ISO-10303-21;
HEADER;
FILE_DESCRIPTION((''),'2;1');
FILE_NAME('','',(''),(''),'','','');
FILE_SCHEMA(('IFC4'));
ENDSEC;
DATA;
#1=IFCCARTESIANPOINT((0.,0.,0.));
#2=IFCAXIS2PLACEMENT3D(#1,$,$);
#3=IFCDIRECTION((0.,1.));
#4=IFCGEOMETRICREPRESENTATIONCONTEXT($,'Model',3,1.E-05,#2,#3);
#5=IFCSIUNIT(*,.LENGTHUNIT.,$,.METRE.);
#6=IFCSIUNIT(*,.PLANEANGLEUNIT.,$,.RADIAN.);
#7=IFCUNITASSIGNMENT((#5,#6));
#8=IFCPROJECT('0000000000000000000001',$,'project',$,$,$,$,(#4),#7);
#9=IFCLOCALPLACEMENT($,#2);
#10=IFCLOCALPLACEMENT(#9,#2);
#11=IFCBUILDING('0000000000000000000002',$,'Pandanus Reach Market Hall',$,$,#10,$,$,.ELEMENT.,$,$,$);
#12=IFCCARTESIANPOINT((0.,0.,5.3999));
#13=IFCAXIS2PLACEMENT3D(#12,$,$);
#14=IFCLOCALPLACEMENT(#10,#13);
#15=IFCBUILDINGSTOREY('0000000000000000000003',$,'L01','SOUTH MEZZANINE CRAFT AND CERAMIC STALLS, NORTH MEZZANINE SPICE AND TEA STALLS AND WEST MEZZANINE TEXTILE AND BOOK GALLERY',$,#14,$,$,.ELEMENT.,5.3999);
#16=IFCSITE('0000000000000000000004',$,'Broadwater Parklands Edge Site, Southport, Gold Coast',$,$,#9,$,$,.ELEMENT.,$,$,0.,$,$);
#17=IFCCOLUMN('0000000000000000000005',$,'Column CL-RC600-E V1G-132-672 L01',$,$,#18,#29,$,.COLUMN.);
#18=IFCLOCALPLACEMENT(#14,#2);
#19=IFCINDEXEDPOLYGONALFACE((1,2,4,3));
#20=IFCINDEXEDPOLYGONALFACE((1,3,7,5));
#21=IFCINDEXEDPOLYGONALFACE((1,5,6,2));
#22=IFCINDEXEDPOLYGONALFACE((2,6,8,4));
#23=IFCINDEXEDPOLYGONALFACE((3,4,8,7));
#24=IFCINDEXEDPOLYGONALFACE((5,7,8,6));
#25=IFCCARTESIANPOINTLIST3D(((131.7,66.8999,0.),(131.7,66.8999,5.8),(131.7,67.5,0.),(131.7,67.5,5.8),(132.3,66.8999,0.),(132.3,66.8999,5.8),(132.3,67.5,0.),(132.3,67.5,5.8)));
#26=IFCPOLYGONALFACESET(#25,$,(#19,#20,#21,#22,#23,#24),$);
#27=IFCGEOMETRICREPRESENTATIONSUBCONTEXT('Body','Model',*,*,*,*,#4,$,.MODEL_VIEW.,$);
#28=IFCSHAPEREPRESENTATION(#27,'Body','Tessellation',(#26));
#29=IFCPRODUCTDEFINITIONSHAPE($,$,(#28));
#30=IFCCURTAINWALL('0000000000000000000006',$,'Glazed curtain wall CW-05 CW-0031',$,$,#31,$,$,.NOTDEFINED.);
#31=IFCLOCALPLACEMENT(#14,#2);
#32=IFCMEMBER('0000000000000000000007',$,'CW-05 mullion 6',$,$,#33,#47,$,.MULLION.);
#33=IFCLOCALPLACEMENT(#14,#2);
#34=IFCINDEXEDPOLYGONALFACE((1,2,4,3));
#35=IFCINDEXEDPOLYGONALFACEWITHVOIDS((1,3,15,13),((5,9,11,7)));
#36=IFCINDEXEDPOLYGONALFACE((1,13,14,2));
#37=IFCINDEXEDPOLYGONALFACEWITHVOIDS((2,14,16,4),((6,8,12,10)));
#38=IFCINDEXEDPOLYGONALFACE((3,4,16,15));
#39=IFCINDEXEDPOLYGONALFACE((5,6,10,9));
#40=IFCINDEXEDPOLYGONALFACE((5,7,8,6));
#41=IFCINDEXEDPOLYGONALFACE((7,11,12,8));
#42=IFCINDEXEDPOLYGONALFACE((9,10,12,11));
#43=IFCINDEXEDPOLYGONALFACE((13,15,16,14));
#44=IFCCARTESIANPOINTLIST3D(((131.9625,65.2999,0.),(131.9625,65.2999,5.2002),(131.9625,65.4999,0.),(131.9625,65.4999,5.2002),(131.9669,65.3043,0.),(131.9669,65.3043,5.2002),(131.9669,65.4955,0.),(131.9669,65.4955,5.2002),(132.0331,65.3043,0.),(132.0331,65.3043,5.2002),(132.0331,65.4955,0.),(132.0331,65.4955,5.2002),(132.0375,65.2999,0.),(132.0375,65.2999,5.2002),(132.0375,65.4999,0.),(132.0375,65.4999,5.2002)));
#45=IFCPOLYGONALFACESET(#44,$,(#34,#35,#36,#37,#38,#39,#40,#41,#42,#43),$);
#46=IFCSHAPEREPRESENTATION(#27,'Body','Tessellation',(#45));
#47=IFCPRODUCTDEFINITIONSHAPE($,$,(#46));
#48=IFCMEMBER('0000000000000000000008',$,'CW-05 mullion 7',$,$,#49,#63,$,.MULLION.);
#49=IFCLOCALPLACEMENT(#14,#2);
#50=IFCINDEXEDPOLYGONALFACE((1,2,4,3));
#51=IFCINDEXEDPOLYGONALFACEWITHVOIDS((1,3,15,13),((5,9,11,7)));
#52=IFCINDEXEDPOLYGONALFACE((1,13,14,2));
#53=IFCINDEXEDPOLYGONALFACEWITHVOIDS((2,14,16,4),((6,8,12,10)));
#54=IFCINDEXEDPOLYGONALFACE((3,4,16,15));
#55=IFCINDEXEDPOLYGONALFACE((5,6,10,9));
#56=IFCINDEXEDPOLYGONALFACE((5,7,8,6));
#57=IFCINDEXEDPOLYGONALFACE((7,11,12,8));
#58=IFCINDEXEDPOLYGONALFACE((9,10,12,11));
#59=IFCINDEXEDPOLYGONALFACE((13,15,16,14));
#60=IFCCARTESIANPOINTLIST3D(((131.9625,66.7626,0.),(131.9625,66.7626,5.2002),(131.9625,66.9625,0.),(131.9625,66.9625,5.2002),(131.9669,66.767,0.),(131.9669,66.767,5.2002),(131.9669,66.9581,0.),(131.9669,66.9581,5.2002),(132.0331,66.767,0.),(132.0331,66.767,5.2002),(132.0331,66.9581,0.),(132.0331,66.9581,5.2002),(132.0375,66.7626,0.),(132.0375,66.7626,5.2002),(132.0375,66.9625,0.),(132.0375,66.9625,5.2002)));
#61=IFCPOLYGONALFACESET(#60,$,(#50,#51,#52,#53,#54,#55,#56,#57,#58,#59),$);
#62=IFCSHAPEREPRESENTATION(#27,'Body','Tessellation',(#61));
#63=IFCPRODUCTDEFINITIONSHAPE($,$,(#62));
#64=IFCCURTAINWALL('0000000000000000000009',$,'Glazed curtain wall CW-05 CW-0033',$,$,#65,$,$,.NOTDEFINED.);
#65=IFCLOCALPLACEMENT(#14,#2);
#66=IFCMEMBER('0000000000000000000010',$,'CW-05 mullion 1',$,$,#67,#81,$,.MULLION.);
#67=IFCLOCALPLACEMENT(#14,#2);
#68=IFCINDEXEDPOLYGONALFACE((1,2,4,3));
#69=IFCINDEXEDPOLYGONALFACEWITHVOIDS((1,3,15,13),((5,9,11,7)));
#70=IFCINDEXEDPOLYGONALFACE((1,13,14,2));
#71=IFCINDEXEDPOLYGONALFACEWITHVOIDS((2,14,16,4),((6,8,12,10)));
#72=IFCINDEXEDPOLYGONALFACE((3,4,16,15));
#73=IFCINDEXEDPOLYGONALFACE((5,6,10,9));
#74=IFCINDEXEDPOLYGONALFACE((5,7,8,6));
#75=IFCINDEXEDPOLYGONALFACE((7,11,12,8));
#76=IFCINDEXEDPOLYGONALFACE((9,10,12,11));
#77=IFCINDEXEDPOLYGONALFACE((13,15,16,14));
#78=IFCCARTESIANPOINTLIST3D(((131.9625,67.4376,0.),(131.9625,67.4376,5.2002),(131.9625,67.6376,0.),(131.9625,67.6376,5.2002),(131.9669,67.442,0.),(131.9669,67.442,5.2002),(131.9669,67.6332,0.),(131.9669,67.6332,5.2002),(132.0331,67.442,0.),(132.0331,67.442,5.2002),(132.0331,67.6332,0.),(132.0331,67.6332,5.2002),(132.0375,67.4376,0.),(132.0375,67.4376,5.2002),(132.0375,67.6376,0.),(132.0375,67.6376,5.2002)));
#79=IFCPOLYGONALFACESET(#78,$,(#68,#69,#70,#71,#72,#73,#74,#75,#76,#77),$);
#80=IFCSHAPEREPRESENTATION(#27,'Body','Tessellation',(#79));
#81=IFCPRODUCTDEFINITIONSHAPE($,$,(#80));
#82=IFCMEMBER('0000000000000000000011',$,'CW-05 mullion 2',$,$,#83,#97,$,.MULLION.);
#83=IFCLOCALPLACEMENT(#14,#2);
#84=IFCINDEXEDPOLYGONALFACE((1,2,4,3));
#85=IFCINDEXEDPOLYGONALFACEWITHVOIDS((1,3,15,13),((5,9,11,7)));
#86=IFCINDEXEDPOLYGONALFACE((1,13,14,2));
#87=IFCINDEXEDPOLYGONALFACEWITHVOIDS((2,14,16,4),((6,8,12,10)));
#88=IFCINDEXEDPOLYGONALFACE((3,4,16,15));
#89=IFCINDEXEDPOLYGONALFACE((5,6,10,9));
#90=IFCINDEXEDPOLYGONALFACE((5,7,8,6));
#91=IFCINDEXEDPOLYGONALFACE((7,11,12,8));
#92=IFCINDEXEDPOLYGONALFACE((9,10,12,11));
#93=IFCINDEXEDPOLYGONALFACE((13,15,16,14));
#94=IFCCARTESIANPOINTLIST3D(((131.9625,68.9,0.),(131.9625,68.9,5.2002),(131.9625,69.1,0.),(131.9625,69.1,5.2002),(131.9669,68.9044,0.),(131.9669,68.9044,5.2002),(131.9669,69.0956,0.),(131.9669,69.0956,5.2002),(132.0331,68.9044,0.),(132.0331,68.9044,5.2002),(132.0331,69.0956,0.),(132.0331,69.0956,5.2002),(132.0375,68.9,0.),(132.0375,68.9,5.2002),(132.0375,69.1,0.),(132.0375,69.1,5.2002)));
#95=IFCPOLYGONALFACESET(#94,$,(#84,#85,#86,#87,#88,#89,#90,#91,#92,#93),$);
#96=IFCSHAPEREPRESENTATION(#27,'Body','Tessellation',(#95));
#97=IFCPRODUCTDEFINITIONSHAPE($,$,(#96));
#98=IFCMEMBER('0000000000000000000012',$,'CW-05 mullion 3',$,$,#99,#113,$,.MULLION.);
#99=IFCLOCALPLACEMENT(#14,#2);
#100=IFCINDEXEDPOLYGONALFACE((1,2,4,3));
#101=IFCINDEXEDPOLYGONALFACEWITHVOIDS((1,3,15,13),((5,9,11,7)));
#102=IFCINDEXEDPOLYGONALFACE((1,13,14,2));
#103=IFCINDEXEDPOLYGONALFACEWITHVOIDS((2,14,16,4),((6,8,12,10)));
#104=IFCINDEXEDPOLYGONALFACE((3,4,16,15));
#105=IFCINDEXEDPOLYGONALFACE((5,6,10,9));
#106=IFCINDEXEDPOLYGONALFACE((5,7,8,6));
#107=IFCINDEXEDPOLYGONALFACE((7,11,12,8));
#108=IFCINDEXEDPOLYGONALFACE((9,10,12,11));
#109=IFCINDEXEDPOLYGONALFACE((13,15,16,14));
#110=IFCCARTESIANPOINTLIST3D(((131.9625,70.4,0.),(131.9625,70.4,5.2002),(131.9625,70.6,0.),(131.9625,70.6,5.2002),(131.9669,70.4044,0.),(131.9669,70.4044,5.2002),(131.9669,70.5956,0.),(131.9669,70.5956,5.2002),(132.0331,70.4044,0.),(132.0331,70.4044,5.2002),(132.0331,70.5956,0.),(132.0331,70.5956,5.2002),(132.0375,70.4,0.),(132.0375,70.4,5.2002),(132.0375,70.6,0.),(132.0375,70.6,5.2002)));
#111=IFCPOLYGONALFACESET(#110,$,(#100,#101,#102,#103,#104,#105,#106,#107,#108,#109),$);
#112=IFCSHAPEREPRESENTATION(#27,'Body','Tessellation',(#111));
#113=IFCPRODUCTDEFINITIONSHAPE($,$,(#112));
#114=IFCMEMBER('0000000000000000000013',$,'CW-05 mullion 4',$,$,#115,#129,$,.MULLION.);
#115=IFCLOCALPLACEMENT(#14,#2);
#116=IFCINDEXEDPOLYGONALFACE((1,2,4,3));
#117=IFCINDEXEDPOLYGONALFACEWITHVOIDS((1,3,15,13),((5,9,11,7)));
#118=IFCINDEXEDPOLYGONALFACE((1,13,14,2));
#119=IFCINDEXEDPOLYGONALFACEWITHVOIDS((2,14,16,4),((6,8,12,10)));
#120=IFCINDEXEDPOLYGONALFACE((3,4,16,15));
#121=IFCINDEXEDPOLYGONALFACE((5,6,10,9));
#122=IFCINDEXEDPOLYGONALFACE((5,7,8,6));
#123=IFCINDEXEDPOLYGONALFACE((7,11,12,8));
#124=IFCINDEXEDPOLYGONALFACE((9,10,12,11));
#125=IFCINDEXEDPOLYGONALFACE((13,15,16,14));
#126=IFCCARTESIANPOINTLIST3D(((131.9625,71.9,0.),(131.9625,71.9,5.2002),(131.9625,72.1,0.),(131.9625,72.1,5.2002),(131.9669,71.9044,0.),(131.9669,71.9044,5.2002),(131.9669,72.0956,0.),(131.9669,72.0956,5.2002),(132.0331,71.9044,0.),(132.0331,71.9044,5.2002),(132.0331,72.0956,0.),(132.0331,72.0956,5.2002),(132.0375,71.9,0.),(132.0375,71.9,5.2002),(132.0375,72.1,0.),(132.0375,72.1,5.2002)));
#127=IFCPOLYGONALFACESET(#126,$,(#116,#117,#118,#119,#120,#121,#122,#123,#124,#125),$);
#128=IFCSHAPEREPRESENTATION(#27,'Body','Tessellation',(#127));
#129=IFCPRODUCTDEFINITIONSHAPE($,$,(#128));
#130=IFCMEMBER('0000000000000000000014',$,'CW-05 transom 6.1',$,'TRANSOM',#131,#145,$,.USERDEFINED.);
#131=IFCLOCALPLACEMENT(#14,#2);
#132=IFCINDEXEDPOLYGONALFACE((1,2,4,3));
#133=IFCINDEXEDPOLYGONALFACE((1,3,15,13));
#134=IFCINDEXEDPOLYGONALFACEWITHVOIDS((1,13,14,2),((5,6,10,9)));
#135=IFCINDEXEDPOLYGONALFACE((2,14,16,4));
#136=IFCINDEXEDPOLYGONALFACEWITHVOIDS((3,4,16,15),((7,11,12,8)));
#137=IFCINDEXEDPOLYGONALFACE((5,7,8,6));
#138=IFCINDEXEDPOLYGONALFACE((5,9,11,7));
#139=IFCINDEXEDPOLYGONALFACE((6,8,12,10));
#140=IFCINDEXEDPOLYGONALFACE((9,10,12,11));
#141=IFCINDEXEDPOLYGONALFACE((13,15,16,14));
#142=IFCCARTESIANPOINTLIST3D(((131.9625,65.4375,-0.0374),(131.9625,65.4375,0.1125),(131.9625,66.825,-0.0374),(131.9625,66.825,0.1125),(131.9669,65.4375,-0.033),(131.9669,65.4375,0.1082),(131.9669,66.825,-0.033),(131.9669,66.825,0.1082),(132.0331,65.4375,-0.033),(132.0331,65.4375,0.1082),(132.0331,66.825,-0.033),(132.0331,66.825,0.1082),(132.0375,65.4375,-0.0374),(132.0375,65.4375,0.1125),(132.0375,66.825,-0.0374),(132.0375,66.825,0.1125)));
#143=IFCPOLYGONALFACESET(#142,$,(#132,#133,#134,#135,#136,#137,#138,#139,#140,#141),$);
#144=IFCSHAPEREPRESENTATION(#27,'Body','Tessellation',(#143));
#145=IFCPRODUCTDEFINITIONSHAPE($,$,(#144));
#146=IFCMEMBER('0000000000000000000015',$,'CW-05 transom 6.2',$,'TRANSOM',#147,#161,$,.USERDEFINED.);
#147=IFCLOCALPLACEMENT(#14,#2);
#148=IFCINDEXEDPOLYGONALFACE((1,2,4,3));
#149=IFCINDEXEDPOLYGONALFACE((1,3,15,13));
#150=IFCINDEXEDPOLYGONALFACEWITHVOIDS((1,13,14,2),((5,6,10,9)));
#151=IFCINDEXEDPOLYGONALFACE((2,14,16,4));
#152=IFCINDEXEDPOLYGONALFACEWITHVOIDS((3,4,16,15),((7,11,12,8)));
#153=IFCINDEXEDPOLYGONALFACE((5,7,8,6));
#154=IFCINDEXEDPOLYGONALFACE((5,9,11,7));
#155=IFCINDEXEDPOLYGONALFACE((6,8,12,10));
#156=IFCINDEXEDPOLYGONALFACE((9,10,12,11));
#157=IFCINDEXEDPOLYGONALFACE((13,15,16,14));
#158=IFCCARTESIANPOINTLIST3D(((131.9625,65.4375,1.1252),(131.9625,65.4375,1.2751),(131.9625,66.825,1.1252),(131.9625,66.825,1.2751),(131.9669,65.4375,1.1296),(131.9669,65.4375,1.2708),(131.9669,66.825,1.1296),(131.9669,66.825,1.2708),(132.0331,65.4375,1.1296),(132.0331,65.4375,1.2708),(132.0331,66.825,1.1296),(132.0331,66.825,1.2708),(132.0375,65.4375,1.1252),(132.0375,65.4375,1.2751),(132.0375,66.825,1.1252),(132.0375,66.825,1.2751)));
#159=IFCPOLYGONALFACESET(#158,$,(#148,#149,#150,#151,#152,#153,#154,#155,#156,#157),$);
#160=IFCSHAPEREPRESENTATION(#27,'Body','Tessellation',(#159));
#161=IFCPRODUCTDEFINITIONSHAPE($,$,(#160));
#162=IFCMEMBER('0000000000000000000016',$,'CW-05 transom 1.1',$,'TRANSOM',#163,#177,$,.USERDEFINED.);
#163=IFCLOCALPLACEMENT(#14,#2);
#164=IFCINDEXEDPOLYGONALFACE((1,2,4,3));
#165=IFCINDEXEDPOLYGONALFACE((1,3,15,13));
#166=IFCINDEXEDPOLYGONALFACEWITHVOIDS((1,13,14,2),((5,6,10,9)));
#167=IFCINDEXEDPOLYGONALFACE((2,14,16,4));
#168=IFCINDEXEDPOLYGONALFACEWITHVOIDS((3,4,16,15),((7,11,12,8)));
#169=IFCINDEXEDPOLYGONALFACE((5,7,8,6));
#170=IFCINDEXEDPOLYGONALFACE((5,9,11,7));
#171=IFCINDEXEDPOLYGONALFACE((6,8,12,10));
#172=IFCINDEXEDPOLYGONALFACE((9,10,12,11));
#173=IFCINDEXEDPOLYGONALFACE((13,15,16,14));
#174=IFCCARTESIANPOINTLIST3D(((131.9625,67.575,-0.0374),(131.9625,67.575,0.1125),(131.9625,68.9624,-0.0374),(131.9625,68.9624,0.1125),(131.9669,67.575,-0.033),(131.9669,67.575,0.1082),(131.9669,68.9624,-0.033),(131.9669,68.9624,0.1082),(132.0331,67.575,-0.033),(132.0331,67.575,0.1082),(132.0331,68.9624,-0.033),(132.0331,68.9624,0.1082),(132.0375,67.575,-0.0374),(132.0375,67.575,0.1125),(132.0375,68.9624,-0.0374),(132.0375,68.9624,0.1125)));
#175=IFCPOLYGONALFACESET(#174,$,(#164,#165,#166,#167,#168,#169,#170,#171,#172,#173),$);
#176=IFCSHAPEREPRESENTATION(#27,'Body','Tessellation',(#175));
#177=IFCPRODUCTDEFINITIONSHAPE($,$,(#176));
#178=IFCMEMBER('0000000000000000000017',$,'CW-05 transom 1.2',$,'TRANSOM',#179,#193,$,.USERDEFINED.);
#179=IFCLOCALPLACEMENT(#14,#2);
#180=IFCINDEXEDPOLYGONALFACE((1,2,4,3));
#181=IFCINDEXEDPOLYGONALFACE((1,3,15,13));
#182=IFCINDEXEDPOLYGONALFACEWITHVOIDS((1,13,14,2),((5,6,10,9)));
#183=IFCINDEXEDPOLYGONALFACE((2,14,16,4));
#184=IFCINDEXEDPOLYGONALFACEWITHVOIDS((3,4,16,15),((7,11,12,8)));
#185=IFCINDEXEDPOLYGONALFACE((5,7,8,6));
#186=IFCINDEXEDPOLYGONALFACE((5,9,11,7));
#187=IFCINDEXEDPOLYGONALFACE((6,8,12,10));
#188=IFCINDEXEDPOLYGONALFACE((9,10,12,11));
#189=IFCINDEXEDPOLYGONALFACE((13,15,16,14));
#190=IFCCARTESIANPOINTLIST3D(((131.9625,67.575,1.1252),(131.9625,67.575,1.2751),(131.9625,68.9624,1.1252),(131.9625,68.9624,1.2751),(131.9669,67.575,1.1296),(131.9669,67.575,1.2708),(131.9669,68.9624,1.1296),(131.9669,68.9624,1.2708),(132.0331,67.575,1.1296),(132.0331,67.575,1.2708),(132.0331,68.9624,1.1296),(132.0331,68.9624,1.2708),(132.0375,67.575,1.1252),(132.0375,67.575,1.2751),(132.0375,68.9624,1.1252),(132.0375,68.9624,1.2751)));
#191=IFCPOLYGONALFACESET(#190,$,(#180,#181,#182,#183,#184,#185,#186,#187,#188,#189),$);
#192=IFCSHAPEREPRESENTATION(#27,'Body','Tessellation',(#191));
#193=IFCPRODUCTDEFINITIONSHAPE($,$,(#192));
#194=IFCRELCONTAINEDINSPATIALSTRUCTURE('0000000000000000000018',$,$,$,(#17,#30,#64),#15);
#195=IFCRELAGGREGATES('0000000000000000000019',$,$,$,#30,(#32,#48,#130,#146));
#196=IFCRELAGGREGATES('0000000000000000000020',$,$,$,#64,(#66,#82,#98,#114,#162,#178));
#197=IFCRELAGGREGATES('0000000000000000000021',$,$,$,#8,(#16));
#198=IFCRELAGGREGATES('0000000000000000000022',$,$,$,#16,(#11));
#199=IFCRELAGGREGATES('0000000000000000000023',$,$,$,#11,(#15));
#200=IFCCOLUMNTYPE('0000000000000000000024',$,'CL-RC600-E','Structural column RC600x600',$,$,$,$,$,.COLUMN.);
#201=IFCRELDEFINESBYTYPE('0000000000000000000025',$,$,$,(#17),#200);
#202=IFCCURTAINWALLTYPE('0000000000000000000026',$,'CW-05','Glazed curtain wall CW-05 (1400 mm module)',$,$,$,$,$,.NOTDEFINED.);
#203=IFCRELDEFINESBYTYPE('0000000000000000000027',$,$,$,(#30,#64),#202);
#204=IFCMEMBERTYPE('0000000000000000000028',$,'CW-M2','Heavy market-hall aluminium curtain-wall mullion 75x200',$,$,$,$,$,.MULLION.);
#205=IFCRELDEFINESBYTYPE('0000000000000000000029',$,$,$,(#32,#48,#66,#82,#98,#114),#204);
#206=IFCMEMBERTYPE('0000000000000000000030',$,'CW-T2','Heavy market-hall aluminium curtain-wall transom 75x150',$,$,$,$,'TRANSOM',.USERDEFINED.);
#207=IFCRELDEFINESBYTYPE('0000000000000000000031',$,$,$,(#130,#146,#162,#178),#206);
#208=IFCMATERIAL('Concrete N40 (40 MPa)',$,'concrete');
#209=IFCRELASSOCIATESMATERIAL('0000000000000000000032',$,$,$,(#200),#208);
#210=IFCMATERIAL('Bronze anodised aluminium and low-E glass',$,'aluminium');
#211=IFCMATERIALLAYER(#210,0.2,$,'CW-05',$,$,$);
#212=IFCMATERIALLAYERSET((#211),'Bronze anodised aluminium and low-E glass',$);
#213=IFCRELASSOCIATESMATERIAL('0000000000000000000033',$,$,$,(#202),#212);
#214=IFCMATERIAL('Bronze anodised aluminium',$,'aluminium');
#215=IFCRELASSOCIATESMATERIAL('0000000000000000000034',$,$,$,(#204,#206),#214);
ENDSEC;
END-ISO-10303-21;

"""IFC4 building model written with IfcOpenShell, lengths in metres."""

from ifc_helpers import new_model, si_unit, direction, frame, origin, origin_2d, place, context, subcontext, project, spatial, rectangle, hollow_rectangle, extrude, material, layer, layer_set, material_profile, profile_set, type_object, element, aggregate, save


model = new_model("IFC4")

# Units and contexts
model_context = context("Model", 3, precision=1e-05, world=origin(), true_north=direction((0.0, 1.0)))
body_context = subcontext(model_context, "Body", "Model", "MODEL_VIEW")
ifc_project = project(units=[si_unit("LENGTHUNIT", "METRE"), si_unit("PLANEANGLEUNIT", "RADIAN")], contexts=[model_context])

# Site, building, storey
site_placement = place(None, origin())
site = spatial("IfcSite", under=ifc_project, at=site_placement, Name="Broadwater Parklands Edge Site, Southport, Gold Coast", CompositionType="ELEMENT", RefElevation=0.0)
building_placement = place(site_placement, origin())
building = spatial("IfcBuilding", under=site, at=building_placement, Name="Pandanus Reach Market Hall", CompositionType="ELEMENT")
storey_placement = place(building_placement, frame((0.0, 0.0, 5.3999)))
storey = spatial("IfcBuildingStorey", under=building, at=storey_placement, Name="L01", Description="SOUTH MEZZANINE CRAFT AND CERAMIC STALLS, NORTH MEZZANINE SPICE AND TEA STALLS AND WEST MEZZANINE TEXTILE AND BOOK GALLERY", CompositionType="ELEMENT", Elevation=5.3999)

# Column
ifc_material_1 = material(Name="Concrete N40 (40 MPa)", Category="concrete")
ifc_material_profile_1 = material_profile(ifc_material_1, rectangle(XDim=0.6001, YDim=0.6001, at=origin_2d()), Name="RC600x600", Category="LoadBearing")
ifc_profile_set_1 = profile_set([ifc_material_profile_1], Name="Concrete N40 (40 MPa)")
column_type = type_object("IfcColumnType", Name="CL-RC600-E", Description="Structural column RC600x600", PredefinedType="COLUMN", material=ifc_profile_set_1)
column_placement = place(storey_placement, frame((132.0, 67.2, 0.0), z_axis=(0.0, 0.0, 1.0), x_axis=(1.0, 0.0, 0.0)))
element("IfcColumn", 1, at=column_placement, inside=storey, type_object=column_type, Name="Column CL-RC600-E V1G-132-672 L01", PredefinedType="COLUMN", context=body_context, shape_type="SweptSolid", body=[
    extrude(rectangle(XDim=0.6001, YDim=0.6001, at=origin_2d()), origin(), (0.0, 0.0, 1.0), 5.8),
])

# Curtain walls, members
ifc_material_2 = material(Name="Bronze anodised aluminium and low-E glass", Category="aluminium")
ifc_layer_1 = layer(ifc_material_2, 0.2, Name="CW-05")
ifc_layer_set_1 = layer_set([ifc_layer_1], Name="Bronze anodised aluminium and low-E glass")
curtain_wall_type = type_object("IfcCurtainWallType", Name="CW-05", Description="Glazed curtain wall CW-05 (1400 mm module)", PredefinedType="NOTDEFINED", material=ifc_layer_set_1)
curtain_wall_1_placement = place(storey_placement, origin())
curtain_wall_1 = element("IfcCurtainWall", 2, at=curtain_wall_1_placement, inside=storey, type_object=curtain_wall_type, Name="Glazed curtain wall CW-05 CW-0031", PredefinedType="NOTDEFINED")
ifc_material_3 = material(Name="Bronze anodised aluminium", Category="aluminium")
ifc_material_profile_2 = material_profile(ifc_material_3, hollow_rectangle(XDim=0.075, YDim=0.2, WallThickness=0.0044, at=origin_2d()), Name="ALU75x200", Category="LoadBearing")
ifc_profile_set_2 = profile_set([ifc_material_profile_2], Name="Bronze anodised aluminium")
member_type_1 = type_object("IfcMemberType", Name="CW-M2", Description="Heavy market-hall aluminium curtain-wall mullion 75x200", PredefinedType="MULLION", material=ifc_profile_set_2)
member_1_placement = place(storey_placement, frame((132.0, 65.3999, 0.0), z_axis=(0.0, 0.0, 1.0), x_axis=(-1.0, 0.0, 0.0)))
member_1 = element("IfcMember", 3, at=member_1_placement, type_object=member_type_1, Name="CW-05 mullion 6", PredefinedType="MULLION", context=body_context, shape_type="SweptSolid", body=[
    extrude(hollow_rectangle(XDim=0.075, YDim=0.2, WallThickness=0.0044, at=origin_2d()), origin(), (0.0, 0.0, 1.0), 5.2002),
])
member_2_placement = place(storey_placement, frame((132.0, 66.8625, 0.0), z_axis=(0.0, 0.0, 1.0), x_axis=(-1.0, 0.0, 0.0)))
member_2 = element("IfcMember", 4, at=member_2_placement, type_object=member_type_1, Name="CW-05 mullion 7", PredefinedType="MULLION", context=body_context, shape_type="SweptSolid", body=[
    extrude(hollow_rectangle(XDim=0.075, YDim=0.2, WallThickness=0.0044, at=origin_2d()), origin(), (0.0, 0.0, 1.0), 5.2002),
])
curtain_wall_2_placement = place(storey_placement, origin())
curtain_wall_2 = element("IfcCurtainWall", 5, at=curtain_wall_2_placement, inside=storey, type_object=curtain_wall_type, Name="Glazed curtain wall CW-05 CW-0033", PredefinedType="NOTDEFINED")
member_3_placement = place(storey_placement, frame((132.0, 67.5376, 0.0), z_axis=(0.0, 0.0, 1.0), x_axis=(-1.0, 0.0, 0.0)))
member_3 = element("IfcMember", 6, at=member_3_placement, type_object=member_type_1, Name="CW-05 mullion 1", PredefinedType="MULLION", context=body_context, shape_type="SweptSolid", body=[
    extrude(hollow_rectangle(XDim=0.075, YDim=0.2, WallThickness=0.0044, at=origin_2d()), origin(), (0.0, 0.0, 1.0), 5.2002),
])
member_4_placement = place(storey_placement, frame((132.0, 69.0, 0.0), z_axis=(0.0, 0.0, 1.0), x_axis=(-1.0, 0.0, 0.0)))
member_4 = element("IfcMember", 7, at=member_4_placement, type_object=member_type_1, Name="CW-05 mullion 2", PredefinedType="MULLION", context=body_context, shape_type="SweptSolid", body=[
    extrude(hollow_rectangle(XDim=0.075, YDim=0.2, WallThickness=0.0044, at=origin_2d()), origin(), (0.0, 0.0, 1.0), 5.2002),
])
member_5_placement = place(storey_placement, frame((132.0, 70.5, 0.0), z_axis=(0.0, 0.0, 1.0), x_axis=(-1.0, 0.0, 0.0)))
member_5 = element("IfcMember", 8, at=member_5_placement, type_object=member_type_1, Name="CW-05 mullion 3", PredefinedType="MULLION", context=body_context, shape_type="SweptSolid", body=[
    extrude(hollow_rectangle(XDim=0.075, YDim=0.2, WallThickness=0.0044, at=origin_2d()), origin(), (0.0, 0.0, 1.0), 5.2002),
])
member_6_placement = place(storey_placement, frame((132.0, 72.0, 0.0), z_axis=(0.0, 0.0, 1.0), x_axis=(-1.0, 0.0, 0.0)))
member_6 = element("IfcMember", 9, at=member_6_placement, type_object=member_type_1, Name="CW-05 mullion 4", PredefinedType="MULLION", context=body_context, shape_type="SweptSolid", body=[
    extrude(hollow_rectangle(XDim=0.075, YDim=0.2, WallThickness=0.0044, at=origin_2d()), origin(), (0.0, 0.0, 1.0), 5.2002),
])

# Members
ifc_material_profile_3 = material_profile(ifc_material_3, hollow_rectangle(XDim=0.075, YDim=0.1499, WallThickness=0.0044, at=origin_2d()), Name="ALU75x150", Category="LoadBearing")
ifc_profile_set_3 = profile_set([ifc_material_profile_3], Name="Bronze anodised aluminium")
member_type_2 = type_object("IfcMemberType", Name="CW-T2", Description="Heavy market-hall aluminium curtain-wall transom 75x150", ElementType="TRANSOM", PredefinedType="USERDEFINED", material=ifc_profile_set_3)
member_7_placement = place(storey_placement, frame((132.0, 65.4375, 0.0376), z_axis=(0.0, 1.0, 0.0), x_axis=(-1.0, 0.0, 0.0)))
member_7 = element("IfcMember", 10, at=member_7_placement, type_object=member_type_2, Name="CW-05 transom 6.1", ObjectType="TRANSOM", PredefinedType="USERDEFINED", context=body_context, shape_type="SweptSolid", body=[
    extrude(hollow_rectangle(XDim=0.075, YDim=0.1499, WallThickness=0.0044, at=origin_2d()), origin(), (0.0, 0.0, 1.0), 1.3875),
])
member_8_placement = place(storey_placement, frame((132.0, 65.4375, 1.2002), z_axis=(0.0, 1.0, 0.0), x_axis=(-1.0, 0.0, 0.0)))
member_8 = element("IfcMember", 11, at=member_8_placement, type_object=member_type_2, Name="CW-05 transom 6.2", ObjectType="TRANSOM", PredefinedType="USERDEFINED", context=body_context, shape_type="SweptSolid", body=[
    extrude(hollow_rectangle(XDim=0.075, YDim=0.1499, WallThickness=0.0044, at=origin_2d()), origin(), (0.0, 0.0, 1.0), 1.3875),
])
member_9_placement = place(storey_placement, frame((132.0, 67.575, 0.0376), z_axis=(0.0, 1.0, 0.0), x_axis=(-1.0, 0.0, 0.0)))
member_9 = element("IfcMember", 12, at=member_9_placement, type_object=member_type_2, Name="CW-05 transom 1.1", ObjectType="TRANSOM", PredefinedType="USERDEFINED", context=body_context, shape_type="SweptSolid", body=[
    extrude(hollow_rectangle(XDim=0.075, YDim=0.1499, WallThickness=0.0044, at=origin_2d()), origin(), (0.0, 0.0, 1.0), 1.3875),
])
member_10_placement = place(storey_placement, frame((132.0, 67.575, 1.2002), z_axis=(0.0, 1.0, 0.0), x_axis=(-1.0, 0.0, 0.0)))
member_10 = element("IfcMember", 13, at=member_10_placement, type_object=member_type_2, Name="CW-05 transom 1.2", ObjectType="TRANSOM", PredefinedType="USERDEFINED", context=body_context, shape_type="SweptSolid", body=[
    extrude(hollow_rectangle(XDim=0.075, YDim=0.1499, WallThickness=0.0044, at=origin_2d()), origin(), (0.0, 0.0, 1.0), 1.3875),
])

aggregate(curtain_wall_1, [member_1, member_2, member_7, member_8])
aggregate(curtain_wall_2, [member_3, member_4, member_5, member_6, member_9, member_10])

save(model, "model.ifc")
